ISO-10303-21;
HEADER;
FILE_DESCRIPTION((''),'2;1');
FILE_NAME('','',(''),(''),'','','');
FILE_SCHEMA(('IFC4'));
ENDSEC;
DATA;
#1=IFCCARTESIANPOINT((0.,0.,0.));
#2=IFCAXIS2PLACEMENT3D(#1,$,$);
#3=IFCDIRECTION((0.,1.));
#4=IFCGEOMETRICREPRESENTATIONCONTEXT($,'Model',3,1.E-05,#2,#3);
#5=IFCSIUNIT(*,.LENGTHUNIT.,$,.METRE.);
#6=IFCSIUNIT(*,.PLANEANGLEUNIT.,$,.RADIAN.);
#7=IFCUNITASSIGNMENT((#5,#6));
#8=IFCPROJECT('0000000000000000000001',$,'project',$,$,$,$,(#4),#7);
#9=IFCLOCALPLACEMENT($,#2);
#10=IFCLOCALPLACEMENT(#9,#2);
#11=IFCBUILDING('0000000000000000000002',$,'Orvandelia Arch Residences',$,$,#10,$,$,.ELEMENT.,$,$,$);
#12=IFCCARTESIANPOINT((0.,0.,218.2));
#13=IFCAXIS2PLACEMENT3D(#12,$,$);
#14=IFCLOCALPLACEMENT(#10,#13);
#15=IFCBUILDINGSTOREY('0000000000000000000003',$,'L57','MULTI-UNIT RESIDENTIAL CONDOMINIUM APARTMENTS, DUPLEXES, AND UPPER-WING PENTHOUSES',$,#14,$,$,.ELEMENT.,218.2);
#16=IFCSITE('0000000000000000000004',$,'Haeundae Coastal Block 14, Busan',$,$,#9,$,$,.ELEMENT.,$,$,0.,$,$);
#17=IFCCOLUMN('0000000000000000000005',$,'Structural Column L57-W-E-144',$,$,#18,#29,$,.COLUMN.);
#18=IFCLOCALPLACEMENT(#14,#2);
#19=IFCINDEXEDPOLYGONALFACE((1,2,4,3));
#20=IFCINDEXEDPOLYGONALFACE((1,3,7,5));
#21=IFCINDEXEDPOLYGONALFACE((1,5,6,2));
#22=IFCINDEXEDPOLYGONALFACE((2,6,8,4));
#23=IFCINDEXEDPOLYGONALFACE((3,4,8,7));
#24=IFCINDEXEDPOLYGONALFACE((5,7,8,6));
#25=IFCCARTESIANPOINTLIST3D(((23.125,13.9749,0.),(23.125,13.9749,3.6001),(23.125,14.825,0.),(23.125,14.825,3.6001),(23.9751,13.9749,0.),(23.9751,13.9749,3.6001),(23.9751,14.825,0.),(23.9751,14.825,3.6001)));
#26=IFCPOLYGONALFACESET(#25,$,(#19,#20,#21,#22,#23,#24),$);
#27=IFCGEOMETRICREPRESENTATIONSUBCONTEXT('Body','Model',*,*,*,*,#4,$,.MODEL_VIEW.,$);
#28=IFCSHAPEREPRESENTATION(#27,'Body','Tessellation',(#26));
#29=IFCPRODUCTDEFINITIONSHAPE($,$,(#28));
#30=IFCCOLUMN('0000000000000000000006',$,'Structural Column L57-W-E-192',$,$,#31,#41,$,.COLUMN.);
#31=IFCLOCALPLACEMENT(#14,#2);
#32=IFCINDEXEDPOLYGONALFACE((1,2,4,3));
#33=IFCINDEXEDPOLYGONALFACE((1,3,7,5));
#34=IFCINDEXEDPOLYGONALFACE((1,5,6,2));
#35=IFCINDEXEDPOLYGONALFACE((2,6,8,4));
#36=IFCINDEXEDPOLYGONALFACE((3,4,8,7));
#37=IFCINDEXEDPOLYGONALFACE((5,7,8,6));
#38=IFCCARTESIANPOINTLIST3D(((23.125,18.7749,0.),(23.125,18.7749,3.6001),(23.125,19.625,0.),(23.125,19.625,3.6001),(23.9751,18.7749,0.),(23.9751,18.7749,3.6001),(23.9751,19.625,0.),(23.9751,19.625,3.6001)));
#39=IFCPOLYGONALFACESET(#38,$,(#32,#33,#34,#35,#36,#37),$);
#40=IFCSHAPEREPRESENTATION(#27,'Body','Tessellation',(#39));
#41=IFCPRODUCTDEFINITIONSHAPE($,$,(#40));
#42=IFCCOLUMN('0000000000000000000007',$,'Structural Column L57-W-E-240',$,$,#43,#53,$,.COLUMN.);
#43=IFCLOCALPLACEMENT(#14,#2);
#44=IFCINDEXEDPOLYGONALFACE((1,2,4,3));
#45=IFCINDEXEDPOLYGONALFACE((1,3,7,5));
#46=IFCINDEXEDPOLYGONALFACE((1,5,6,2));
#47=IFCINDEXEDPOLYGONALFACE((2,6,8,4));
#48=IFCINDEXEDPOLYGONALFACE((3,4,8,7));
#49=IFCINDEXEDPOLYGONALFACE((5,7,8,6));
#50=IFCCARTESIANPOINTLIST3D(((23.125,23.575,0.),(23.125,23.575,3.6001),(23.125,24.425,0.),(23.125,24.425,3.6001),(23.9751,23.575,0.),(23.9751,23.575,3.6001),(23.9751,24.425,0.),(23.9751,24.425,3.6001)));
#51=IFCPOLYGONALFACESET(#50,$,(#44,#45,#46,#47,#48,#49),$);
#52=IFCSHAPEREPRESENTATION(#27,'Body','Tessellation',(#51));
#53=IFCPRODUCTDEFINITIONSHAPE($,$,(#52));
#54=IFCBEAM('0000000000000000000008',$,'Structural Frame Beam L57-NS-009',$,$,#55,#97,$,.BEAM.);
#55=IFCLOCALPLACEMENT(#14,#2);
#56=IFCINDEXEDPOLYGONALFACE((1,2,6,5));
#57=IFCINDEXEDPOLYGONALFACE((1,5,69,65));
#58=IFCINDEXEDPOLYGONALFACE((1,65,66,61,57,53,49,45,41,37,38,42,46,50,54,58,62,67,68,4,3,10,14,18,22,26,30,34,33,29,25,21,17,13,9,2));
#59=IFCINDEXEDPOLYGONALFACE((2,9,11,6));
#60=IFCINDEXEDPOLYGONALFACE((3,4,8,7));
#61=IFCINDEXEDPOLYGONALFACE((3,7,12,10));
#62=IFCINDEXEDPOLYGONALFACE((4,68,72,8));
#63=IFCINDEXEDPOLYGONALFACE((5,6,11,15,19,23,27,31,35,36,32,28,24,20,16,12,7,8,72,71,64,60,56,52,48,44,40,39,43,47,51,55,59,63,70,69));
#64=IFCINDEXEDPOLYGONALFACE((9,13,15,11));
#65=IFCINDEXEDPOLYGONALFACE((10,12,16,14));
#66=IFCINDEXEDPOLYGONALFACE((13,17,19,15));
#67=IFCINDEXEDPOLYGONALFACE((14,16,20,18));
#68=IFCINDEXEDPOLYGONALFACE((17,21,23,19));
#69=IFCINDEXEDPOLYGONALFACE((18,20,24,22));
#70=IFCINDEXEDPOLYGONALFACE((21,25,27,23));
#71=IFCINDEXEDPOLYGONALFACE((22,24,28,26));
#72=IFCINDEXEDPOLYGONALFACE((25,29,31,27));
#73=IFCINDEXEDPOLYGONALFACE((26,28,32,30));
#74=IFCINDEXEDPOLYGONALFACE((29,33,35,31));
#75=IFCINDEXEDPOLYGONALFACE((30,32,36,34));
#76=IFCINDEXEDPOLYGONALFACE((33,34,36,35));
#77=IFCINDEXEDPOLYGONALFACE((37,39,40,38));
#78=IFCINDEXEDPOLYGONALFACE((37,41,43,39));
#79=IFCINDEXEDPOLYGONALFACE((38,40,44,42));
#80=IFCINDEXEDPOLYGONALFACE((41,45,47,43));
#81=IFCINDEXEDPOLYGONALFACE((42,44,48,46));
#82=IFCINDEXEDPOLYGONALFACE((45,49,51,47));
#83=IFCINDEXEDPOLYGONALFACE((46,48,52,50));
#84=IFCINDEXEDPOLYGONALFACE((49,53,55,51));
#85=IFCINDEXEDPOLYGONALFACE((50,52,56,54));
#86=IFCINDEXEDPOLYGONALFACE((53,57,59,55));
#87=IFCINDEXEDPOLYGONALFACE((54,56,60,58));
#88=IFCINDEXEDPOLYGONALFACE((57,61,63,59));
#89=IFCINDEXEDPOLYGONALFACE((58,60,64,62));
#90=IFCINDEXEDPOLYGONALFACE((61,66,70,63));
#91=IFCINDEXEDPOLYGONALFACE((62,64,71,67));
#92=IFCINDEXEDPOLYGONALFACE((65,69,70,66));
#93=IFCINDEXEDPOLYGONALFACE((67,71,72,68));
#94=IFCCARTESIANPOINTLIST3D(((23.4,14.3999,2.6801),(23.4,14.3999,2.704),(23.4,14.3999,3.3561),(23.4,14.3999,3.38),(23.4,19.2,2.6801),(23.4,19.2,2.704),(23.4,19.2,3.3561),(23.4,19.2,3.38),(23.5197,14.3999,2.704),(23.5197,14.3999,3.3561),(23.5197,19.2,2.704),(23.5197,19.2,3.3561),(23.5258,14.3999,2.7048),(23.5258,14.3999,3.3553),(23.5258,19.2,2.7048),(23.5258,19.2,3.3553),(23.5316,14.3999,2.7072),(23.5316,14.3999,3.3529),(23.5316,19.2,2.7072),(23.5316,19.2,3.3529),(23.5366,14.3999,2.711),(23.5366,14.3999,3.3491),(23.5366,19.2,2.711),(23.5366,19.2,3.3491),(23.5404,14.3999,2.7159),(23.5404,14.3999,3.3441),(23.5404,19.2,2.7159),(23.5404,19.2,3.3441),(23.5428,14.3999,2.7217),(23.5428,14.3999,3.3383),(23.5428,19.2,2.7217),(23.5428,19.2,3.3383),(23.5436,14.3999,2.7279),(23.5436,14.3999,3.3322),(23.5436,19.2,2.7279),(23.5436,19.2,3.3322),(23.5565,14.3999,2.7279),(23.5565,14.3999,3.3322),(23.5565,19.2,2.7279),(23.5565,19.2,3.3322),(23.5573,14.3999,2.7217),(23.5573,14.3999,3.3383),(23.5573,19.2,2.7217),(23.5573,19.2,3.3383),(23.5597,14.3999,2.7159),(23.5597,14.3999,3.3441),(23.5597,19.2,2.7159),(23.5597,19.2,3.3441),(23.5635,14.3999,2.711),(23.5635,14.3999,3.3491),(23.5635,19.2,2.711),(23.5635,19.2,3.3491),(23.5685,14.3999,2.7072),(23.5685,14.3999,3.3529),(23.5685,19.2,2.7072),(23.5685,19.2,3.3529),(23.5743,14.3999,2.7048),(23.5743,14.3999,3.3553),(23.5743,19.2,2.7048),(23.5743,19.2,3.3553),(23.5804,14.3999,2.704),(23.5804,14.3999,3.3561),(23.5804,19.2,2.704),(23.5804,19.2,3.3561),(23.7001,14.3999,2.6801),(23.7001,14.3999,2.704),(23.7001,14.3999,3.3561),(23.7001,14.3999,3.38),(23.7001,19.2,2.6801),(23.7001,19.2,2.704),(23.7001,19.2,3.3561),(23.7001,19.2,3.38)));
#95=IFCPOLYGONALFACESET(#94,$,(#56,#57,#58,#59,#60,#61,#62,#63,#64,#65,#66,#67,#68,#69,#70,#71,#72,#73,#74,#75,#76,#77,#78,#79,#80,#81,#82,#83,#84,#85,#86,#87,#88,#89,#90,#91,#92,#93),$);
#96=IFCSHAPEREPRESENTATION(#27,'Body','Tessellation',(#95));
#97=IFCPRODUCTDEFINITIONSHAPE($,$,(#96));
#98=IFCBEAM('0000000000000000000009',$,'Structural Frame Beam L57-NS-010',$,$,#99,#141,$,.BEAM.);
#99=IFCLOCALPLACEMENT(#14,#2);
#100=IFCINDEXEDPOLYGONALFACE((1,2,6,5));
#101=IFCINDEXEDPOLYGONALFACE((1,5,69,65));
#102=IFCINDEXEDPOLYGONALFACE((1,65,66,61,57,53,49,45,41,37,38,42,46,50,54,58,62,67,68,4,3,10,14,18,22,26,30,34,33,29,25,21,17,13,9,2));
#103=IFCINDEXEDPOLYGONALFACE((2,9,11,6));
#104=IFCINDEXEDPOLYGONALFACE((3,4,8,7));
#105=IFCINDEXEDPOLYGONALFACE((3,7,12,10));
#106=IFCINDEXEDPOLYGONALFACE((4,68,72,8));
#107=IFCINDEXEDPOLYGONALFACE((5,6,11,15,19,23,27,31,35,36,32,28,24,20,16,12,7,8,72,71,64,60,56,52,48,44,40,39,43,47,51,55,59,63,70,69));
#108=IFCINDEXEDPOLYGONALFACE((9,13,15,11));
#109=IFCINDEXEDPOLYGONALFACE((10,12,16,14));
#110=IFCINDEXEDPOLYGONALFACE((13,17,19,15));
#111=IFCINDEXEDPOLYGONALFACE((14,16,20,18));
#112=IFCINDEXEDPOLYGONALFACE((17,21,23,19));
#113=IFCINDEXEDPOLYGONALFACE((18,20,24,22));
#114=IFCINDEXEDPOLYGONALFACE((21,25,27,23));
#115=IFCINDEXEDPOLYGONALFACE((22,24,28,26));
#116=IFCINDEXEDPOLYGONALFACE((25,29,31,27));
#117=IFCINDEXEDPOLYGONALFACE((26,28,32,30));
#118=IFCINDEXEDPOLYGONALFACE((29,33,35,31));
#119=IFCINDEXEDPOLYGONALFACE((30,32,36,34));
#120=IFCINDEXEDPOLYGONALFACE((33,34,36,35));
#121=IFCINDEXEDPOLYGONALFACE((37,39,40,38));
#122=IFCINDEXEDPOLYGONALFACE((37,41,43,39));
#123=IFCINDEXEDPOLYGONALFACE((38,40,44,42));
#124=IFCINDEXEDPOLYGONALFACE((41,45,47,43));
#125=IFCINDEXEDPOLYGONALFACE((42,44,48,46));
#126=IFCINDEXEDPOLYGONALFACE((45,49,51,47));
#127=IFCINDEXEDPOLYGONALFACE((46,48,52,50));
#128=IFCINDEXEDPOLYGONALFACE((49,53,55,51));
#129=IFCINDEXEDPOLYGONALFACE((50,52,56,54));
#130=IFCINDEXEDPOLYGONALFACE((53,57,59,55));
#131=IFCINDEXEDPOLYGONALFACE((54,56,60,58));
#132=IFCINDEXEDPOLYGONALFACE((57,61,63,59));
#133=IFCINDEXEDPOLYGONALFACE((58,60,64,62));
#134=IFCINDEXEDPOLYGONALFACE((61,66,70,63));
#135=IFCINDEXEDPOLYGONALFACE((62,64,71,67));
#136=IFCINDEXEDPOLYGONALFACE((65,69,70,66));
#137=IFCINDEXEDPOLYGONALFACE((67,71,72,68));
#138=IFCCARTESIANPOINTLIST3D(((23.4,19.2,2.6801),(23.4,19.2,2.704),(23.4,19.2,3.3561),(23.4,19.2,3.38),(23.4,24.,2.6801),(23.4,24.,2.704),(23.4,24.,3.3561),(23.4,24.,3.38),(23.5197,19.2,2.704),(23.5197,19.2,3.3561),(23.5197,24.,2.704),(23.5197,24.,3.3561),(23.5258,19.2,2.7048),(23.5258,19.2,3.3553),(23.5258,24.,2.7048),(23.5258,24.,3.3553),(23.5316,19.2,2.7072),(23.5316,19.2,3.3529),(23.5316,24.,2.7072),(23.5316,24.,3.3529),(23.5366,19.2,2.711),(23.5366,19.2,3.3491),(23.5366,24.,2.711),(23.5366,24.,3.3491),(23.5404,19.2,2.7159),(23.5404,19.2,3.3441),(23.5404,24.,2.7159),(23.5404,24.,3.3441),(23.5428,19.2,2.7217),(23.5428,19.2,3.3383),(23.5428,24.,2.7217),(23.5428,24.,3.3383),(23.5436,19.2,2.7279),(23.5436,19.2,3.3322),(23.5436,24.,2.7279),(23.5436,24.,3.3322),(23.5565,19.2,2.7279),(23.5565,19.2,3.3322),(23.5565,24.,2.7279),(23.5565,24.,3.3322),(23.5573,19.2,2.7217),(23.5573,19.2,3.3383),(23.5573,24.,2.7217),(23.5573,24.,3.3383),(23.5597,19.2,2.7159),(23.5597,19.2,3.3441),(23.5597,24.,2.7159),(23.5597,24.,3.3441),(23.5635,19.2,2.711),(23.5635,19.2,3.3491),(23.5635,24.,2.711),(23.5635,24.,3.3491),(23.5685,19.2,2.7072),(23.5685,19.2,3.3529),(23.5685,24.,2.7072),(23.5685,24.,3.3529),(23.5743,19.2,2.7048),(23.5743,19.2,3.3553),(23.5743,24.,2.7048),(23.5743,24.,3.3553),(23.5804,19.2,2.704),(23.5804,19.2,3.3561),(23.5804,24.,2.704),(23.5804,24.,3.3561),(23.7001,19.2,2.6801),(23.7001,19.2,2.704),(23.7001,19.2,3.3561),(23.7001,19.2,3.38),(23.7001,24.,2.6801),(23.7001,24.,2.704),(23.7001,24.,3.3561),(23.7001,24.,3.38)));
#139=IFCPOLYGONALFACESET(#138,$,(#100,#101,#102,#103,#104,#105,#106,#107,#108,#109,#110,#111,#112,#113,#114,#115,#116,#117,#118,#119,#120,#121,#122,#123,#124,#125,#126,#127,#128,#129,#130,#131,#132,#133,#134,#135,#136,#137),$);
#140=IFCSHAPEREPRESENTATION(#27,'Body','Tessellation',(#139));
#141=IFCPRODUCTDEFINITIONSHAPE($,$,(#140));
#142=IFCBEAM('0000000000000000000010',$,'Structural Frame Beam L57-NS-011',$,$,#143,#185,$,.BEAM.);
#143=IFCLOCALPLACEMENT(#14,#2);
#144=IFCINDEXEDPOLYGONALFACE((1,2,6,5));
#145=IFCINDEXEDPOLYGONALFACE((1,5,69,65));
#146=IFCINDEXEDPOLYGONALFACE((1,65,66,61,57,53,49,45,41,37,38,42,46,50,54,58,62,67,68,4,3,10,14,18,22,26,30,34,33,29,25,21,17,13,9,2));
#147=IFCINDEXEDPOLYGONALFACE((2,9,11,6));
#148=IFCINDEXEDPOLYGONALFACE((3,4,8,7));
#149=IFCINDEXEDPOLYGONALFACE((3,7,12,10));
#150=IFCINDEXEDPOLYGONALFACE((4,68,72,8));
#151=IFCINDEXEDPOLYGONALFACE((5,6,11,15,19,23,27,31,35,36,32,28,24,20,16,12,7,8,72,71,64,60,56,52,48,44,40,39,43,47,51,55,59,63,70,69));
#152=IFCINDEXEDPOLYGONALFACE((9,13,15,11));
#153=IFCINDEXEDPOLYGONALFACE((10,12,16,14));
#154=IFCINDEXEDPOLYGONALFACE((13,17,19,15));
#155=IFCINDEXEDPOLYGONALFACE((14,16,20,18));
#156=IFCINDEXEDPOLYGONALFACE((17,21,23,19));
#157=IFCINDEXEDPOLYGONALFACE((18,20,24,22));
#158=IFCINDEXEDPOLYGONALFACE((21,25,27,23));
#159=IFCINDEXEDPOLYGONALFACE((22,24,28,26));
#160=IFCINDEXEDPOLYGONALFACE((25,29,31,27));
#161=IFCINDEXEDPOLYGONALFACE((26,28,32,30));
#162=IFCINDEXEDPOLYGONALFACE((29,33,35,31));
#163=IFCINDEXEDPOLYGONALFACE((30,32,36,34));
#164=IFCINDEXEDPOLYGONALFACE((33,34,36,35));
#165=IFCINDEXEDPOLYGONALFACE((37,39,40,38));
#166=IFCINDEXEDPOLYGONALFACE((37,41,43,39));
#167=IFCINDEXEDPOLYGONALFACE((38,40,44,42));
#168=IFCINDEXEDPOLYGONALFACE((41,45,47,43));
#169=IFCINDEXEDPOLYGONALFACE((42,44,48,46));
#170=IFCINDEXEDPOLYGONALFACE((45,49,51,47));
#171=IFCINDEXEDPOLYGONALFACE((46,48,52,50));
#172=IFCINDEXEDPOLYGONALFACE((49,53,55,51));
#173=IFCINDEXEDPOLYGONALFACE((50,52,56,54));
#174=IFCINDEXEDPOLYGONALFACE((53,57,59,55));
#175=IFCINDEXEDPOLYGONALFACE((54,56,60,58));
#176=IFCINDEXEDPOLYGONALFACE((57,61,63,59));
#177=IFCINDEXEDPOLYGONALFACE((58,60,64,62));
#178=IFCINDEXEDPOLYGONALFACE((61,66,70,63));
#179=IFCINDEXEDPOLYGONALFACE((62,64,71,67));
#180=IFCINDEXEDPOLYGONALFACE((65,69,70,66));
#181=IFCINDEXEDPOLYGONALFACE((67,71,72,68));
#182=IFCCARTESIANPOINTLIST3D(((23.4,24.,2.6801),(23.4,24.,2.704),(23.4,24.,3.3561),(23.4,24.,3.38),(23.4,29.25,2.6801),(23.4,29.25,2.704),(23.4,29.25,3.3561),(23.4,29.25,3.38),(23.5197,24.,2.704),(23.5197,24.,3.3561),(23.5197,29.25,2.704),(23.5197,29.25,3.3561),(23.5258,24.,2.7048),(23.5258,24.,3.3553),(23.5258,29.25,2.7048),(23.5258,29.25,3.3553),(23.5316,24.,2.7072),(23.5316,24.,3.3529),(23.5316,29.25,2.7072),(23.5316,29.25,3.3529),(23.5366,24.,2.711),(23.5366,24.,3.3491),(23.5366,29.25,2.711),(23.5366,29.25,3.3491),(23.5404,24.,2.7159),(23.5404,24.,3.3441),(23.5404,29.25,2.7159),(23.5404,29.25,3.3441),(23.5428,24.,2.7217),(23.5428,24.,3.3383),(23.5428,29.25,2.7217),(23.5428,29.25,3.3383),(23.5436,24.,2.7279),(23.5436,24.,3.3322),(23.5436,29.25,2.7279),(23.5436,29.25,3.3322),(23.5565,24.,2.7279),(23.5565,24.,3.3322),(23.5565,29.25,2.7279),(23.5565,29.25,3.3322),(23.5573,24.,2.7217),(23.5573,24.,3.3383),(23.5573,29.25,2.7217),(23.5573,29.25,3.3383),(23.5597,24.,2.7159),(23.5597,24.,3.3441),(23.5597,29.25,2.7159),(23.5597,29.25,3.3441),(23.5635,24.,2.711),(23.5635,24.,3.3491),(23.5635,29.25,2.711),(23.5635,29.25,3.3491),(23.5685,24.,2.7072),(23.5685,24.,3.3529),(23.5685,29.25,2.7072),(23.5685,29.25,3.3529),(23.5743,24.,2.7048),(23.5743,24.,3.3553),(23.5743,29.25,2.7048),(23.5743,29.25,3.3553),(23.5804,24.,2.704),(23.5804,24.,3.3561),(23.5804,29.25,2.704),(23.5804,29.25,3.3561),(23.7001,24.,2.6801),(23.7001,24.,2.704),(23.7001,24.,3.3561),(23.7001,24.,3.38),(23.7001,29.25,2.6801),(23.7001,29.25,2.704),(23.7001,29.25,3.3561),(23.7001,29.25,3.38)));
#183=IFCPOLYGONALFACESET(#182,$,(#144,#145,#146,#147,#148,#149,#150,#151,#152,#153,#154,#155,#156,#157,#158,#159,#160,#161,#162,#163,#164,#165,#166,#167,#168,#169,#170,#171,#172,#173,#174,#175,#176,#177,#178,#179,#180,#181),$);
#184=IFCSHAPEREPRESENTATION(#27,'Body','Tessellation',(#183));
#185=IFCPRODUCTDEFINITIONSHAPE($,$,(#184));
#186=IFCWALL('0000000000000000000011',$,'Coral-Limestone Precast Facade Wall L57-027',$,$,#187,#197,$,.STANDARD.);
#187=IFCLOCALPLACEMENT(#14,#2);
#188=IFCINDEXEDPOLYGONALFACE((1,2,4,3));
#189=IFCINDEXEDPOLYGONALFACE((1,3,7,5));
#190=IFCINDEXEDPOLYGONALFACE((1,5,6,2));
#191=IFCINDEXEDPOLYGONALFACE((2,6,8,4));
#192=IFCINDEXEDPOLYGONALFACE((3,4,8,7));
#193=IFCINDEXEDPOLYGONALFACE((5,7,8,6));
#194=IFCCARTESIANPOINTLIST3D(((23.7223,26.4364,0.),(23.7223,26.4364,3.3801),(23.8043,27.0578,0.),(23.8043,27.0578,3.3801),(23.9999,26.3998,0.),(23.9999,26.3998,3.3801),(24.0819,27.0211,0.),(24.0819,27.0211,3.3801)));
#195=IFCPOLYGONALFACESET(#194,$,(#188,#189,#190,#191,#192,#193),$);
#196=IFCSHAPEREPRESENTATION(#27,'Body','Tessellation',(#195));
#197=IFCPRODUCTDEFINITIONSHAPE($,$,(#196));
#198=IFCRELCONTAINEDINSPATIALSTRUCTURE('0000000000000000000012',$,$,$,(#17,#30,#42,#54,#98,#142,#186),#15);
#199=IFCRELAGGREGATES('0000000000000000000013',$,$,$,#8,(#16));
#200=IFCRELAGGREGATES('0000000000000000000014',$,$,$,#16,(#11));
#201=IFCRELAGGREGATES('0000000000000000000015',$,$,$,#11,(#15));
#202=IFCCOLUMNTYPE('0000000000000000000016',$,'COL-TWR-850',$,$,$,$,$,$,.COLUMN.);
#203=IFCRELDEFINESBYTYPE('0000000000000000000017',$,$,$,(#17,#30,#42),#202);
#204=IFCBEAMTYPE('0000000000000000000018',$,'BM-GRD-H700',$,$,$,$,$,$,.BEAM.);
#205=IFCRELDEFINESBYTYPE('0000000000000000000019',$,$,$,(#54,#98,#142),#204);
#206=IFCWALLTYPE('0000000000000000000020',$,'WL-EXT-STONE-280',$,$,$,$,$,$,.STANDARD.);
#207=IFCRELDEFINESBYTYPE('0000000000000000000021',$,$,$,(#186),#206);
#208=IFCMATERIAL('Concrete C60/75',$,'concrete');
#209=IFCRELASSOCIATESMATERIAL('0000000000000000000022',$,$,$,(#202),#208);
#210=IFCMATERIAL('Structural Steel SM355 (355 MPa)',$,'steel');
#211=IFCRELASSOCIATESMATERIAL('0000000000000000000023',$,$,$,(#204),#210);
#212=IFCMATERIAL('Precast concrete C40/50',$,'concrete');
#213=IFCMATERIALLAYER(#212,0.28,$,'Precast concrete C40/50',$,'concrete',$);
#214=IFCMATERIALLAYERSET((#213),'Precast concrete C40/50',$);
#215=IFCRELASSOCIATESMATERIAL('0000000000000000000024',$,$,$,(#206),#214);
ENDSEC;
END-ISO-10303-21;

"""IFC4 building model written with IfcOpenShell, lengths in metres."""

from ifc_helpers import new_model, si_unit, direction, frame, frame_2d, origin, origin_2d, place, context, subcontext, project, spatial, rectangle, i_section, extrude, material, layer, layer_set, material_profile, profile_set, type_object, element, save


model = new_model("IFC4")

# Units and contexts
model_context = context("Model", 3, precision=1e-05, world=origin(), true_north=direction((0.0, 1.0)))
body_context = subcontext(model_context, "Body", "Model", "MODEL_VIEW")
ifc_project = project(units=[si_unit("LENGTHUNIT", "METRE"), si_unit("PLANEANGLEUNIT", "RADIAN")], contexts=[model_context])

# Site, building, storey
site_placement = place(None, origin())
site = spatial("IfcSite", under=ifc_project, at=site_placement, Name="Haeundae Coastal Block 14, Busan", CompositionType="ELEMENT", RefElevation=0.0)
building_placement = place(site_placement, origin())
building = spatial("IfcBuilding", under=site, at=building_placement, Name="Orvandelia Arch Residences", CompositionType="ELEMENT")
storey_placement = place(building_placement, frame((0.0, 0.0, 218.2)))
storey = spatial("IfcBuildingStorey", under=building, at=storey_placement, Name="L57", Description="MULTI-UNIT RESIDENTIAL CONDOMINIUM APARTMENTS, DUPLEXES, AND UPPER-WING PENTHOUSES", CompositionType="ELEMENT", Elevation=218.2)

# Columns
ifc_material_1 = material(Name="Concrete C60/75", Category="concrete")
ifc_material_profile_1 = material_profile(ifc_material_1, rectangle(XDim=0.8501, YDim=0.8501, at=origin_2d()), Name="Concrete C60/75", Category="concrete")
ifc_profile_set_1 = profile_set([ifc_material_profile_1], Name="Concrete C60/75")
column_type = type_object("IfcColumnType", Name="COL-TWR-850", PredefinedType="COLUMN", material=ifc_profile_set_1)
for number, where, z_axis, x_axis, name in (
    (1, (23.55, 14.3999, 0.0), (0.0, 0.0, 1.0), (1.0, 0.0, 0.0), "Structural Column L57-W-E-144"),
    (2, (23.55, 19.2, 0.0), (0.0, 0.0, 1.0), (1.0, 0.0, 0.0), "Structural Column L57-W-E-192"),
    (3, (23.55, 24.0, 0.0), (0.0, 0.0, 1.0), (1.0, 0.0, 0.0), "Structural Column L57-W-E-240"),
):
    element("IfcColumn", number, at=place(storey_placement, frame(where, z_axis=z_axis, x_axis=x_axis)), inside=storey, type_object=column_type, Name=name, PredefinedType="COLUMN", context=body_context, shape_type="SweptSolid", body=[
        extrude(rectangle(XDim=0.8501, YDim=0.8501, at=origin_2d()), origin(), (0.0, 0.0, 1.0), 3.6001),
    ])

# Beams
ifc_material_2 = material(Name="Structural Steel SM355 (355 MPa)", Category="steel")
ifc_material_profile_2 = material_profile(ifc_material_2, i_section(OverallWidth=0.3, OverallDepth=0.7, WebThickness=0.0129, FlangeThickness=0.0239, FilletRadius=0.0239, at=origin_2d()), Name="Structural Steel SM355 (355 MPa)", Category="steel")
ifc_profile_set_2 = profile_set([ifc_material_profile_2], Name="Structural Steel SM355 (355 MPa)")
beam_type = type_object("IfcBeamType", Name="BM-GRD-H700", PredefinedType="BEAM", material=ifc_profile_set_2)
for number, where, z_axis, x_axis, name in (
    (4, (23.55, 14.3999, 3.03), (0.0, 1.0, 0.0), (-1.0, 0.0, 0.0), "Structural Frame Beam L57-NS-009"),
    (5, (23.55, 19.2, 3.03), (0.0, 1.0, 0.0), (-1.0, 0.0, 0.0), "Structural Frame Beam L57-NS-010"),
):
    element("IfcBeam", number, at=place(storey_placement, frame(where, z_axis=z_axis, x_axis=x_axis)), inside=storey, type_object=beam_type, Name=name, PredefinedType="BEAM", context=body_context, shape_type="SweptSolid", body=[
        extrude(i_section(OverallWidth=0.3, OverallDepth=0.7, WebThickness=0.0129, FlangeThickness=0.0239, FilletRadius=0.0239, at=origin_2d()), origin(), (0.0, 0.0, 1.0), 4.8),
    ])
beam_placement = place(storey_placement, frame((23.55, 24.0, 3.03), z_axis=(0.0, 1.0, 0.0), x_axis=(-1.0, 0.0, 0.0)))
element("IfcBeam", 6, at=beam_placement, inside=storey, type_object=beam_type, Name="Structural Frame Beam L57-NS-011", PredefinedType="BEAM", context=body_context, shape_type="SweptSolid", body=[
    extrude(i_section(OverallWidth=0.3, OverallDepth=0.7, WebThickness=0.0129, FlangeThickness=0.0239, FilletRadius=0.0239, at=origin_2d()), origin(), (0.0, 0.0, 1.0), 5.25),
])

# Wall
ifc_material_3 = material(Name="Precast concrete C40/50", Category="concrete")
ifc_layer_1 = layer(ifc_material_3, 0.28, Name="Precast concrete C40/50", Category="concrete")
ifc_layer_set_1 = layer_set([ifc_layer_1], Name="Precast concrete C40/50")
wall_type_1 = type_object("IfcWallType", Name="WL-EXT-STONE-280", PredefinedType="STANDARD", material=ifc_layer_set_1)
wall_1_placement = place(storey_placement, frame((23.9431, 27.0396, 0.0), z_axis=(0.0, 0.0, 1.0), x_axis=(-0.130888, -0.991397, 0.0)))
element("IfcWall", 7, at=wall_1_placement, inside=storey, type_object=wall_type_1, Name="Coral-Limestone Precast Facade Wall L57-027", PredefinedType="STANDARD", context=body_context, shape_type="SweptSolid", body=[
    extrude(rectangle(XDim=0.6267, YDim=0.28, at=frame_2d((0.3135, 0.0))), origin(), (0.0, 0.0, 1.0), 3.3801),
])

save(model, "model.ifc")
